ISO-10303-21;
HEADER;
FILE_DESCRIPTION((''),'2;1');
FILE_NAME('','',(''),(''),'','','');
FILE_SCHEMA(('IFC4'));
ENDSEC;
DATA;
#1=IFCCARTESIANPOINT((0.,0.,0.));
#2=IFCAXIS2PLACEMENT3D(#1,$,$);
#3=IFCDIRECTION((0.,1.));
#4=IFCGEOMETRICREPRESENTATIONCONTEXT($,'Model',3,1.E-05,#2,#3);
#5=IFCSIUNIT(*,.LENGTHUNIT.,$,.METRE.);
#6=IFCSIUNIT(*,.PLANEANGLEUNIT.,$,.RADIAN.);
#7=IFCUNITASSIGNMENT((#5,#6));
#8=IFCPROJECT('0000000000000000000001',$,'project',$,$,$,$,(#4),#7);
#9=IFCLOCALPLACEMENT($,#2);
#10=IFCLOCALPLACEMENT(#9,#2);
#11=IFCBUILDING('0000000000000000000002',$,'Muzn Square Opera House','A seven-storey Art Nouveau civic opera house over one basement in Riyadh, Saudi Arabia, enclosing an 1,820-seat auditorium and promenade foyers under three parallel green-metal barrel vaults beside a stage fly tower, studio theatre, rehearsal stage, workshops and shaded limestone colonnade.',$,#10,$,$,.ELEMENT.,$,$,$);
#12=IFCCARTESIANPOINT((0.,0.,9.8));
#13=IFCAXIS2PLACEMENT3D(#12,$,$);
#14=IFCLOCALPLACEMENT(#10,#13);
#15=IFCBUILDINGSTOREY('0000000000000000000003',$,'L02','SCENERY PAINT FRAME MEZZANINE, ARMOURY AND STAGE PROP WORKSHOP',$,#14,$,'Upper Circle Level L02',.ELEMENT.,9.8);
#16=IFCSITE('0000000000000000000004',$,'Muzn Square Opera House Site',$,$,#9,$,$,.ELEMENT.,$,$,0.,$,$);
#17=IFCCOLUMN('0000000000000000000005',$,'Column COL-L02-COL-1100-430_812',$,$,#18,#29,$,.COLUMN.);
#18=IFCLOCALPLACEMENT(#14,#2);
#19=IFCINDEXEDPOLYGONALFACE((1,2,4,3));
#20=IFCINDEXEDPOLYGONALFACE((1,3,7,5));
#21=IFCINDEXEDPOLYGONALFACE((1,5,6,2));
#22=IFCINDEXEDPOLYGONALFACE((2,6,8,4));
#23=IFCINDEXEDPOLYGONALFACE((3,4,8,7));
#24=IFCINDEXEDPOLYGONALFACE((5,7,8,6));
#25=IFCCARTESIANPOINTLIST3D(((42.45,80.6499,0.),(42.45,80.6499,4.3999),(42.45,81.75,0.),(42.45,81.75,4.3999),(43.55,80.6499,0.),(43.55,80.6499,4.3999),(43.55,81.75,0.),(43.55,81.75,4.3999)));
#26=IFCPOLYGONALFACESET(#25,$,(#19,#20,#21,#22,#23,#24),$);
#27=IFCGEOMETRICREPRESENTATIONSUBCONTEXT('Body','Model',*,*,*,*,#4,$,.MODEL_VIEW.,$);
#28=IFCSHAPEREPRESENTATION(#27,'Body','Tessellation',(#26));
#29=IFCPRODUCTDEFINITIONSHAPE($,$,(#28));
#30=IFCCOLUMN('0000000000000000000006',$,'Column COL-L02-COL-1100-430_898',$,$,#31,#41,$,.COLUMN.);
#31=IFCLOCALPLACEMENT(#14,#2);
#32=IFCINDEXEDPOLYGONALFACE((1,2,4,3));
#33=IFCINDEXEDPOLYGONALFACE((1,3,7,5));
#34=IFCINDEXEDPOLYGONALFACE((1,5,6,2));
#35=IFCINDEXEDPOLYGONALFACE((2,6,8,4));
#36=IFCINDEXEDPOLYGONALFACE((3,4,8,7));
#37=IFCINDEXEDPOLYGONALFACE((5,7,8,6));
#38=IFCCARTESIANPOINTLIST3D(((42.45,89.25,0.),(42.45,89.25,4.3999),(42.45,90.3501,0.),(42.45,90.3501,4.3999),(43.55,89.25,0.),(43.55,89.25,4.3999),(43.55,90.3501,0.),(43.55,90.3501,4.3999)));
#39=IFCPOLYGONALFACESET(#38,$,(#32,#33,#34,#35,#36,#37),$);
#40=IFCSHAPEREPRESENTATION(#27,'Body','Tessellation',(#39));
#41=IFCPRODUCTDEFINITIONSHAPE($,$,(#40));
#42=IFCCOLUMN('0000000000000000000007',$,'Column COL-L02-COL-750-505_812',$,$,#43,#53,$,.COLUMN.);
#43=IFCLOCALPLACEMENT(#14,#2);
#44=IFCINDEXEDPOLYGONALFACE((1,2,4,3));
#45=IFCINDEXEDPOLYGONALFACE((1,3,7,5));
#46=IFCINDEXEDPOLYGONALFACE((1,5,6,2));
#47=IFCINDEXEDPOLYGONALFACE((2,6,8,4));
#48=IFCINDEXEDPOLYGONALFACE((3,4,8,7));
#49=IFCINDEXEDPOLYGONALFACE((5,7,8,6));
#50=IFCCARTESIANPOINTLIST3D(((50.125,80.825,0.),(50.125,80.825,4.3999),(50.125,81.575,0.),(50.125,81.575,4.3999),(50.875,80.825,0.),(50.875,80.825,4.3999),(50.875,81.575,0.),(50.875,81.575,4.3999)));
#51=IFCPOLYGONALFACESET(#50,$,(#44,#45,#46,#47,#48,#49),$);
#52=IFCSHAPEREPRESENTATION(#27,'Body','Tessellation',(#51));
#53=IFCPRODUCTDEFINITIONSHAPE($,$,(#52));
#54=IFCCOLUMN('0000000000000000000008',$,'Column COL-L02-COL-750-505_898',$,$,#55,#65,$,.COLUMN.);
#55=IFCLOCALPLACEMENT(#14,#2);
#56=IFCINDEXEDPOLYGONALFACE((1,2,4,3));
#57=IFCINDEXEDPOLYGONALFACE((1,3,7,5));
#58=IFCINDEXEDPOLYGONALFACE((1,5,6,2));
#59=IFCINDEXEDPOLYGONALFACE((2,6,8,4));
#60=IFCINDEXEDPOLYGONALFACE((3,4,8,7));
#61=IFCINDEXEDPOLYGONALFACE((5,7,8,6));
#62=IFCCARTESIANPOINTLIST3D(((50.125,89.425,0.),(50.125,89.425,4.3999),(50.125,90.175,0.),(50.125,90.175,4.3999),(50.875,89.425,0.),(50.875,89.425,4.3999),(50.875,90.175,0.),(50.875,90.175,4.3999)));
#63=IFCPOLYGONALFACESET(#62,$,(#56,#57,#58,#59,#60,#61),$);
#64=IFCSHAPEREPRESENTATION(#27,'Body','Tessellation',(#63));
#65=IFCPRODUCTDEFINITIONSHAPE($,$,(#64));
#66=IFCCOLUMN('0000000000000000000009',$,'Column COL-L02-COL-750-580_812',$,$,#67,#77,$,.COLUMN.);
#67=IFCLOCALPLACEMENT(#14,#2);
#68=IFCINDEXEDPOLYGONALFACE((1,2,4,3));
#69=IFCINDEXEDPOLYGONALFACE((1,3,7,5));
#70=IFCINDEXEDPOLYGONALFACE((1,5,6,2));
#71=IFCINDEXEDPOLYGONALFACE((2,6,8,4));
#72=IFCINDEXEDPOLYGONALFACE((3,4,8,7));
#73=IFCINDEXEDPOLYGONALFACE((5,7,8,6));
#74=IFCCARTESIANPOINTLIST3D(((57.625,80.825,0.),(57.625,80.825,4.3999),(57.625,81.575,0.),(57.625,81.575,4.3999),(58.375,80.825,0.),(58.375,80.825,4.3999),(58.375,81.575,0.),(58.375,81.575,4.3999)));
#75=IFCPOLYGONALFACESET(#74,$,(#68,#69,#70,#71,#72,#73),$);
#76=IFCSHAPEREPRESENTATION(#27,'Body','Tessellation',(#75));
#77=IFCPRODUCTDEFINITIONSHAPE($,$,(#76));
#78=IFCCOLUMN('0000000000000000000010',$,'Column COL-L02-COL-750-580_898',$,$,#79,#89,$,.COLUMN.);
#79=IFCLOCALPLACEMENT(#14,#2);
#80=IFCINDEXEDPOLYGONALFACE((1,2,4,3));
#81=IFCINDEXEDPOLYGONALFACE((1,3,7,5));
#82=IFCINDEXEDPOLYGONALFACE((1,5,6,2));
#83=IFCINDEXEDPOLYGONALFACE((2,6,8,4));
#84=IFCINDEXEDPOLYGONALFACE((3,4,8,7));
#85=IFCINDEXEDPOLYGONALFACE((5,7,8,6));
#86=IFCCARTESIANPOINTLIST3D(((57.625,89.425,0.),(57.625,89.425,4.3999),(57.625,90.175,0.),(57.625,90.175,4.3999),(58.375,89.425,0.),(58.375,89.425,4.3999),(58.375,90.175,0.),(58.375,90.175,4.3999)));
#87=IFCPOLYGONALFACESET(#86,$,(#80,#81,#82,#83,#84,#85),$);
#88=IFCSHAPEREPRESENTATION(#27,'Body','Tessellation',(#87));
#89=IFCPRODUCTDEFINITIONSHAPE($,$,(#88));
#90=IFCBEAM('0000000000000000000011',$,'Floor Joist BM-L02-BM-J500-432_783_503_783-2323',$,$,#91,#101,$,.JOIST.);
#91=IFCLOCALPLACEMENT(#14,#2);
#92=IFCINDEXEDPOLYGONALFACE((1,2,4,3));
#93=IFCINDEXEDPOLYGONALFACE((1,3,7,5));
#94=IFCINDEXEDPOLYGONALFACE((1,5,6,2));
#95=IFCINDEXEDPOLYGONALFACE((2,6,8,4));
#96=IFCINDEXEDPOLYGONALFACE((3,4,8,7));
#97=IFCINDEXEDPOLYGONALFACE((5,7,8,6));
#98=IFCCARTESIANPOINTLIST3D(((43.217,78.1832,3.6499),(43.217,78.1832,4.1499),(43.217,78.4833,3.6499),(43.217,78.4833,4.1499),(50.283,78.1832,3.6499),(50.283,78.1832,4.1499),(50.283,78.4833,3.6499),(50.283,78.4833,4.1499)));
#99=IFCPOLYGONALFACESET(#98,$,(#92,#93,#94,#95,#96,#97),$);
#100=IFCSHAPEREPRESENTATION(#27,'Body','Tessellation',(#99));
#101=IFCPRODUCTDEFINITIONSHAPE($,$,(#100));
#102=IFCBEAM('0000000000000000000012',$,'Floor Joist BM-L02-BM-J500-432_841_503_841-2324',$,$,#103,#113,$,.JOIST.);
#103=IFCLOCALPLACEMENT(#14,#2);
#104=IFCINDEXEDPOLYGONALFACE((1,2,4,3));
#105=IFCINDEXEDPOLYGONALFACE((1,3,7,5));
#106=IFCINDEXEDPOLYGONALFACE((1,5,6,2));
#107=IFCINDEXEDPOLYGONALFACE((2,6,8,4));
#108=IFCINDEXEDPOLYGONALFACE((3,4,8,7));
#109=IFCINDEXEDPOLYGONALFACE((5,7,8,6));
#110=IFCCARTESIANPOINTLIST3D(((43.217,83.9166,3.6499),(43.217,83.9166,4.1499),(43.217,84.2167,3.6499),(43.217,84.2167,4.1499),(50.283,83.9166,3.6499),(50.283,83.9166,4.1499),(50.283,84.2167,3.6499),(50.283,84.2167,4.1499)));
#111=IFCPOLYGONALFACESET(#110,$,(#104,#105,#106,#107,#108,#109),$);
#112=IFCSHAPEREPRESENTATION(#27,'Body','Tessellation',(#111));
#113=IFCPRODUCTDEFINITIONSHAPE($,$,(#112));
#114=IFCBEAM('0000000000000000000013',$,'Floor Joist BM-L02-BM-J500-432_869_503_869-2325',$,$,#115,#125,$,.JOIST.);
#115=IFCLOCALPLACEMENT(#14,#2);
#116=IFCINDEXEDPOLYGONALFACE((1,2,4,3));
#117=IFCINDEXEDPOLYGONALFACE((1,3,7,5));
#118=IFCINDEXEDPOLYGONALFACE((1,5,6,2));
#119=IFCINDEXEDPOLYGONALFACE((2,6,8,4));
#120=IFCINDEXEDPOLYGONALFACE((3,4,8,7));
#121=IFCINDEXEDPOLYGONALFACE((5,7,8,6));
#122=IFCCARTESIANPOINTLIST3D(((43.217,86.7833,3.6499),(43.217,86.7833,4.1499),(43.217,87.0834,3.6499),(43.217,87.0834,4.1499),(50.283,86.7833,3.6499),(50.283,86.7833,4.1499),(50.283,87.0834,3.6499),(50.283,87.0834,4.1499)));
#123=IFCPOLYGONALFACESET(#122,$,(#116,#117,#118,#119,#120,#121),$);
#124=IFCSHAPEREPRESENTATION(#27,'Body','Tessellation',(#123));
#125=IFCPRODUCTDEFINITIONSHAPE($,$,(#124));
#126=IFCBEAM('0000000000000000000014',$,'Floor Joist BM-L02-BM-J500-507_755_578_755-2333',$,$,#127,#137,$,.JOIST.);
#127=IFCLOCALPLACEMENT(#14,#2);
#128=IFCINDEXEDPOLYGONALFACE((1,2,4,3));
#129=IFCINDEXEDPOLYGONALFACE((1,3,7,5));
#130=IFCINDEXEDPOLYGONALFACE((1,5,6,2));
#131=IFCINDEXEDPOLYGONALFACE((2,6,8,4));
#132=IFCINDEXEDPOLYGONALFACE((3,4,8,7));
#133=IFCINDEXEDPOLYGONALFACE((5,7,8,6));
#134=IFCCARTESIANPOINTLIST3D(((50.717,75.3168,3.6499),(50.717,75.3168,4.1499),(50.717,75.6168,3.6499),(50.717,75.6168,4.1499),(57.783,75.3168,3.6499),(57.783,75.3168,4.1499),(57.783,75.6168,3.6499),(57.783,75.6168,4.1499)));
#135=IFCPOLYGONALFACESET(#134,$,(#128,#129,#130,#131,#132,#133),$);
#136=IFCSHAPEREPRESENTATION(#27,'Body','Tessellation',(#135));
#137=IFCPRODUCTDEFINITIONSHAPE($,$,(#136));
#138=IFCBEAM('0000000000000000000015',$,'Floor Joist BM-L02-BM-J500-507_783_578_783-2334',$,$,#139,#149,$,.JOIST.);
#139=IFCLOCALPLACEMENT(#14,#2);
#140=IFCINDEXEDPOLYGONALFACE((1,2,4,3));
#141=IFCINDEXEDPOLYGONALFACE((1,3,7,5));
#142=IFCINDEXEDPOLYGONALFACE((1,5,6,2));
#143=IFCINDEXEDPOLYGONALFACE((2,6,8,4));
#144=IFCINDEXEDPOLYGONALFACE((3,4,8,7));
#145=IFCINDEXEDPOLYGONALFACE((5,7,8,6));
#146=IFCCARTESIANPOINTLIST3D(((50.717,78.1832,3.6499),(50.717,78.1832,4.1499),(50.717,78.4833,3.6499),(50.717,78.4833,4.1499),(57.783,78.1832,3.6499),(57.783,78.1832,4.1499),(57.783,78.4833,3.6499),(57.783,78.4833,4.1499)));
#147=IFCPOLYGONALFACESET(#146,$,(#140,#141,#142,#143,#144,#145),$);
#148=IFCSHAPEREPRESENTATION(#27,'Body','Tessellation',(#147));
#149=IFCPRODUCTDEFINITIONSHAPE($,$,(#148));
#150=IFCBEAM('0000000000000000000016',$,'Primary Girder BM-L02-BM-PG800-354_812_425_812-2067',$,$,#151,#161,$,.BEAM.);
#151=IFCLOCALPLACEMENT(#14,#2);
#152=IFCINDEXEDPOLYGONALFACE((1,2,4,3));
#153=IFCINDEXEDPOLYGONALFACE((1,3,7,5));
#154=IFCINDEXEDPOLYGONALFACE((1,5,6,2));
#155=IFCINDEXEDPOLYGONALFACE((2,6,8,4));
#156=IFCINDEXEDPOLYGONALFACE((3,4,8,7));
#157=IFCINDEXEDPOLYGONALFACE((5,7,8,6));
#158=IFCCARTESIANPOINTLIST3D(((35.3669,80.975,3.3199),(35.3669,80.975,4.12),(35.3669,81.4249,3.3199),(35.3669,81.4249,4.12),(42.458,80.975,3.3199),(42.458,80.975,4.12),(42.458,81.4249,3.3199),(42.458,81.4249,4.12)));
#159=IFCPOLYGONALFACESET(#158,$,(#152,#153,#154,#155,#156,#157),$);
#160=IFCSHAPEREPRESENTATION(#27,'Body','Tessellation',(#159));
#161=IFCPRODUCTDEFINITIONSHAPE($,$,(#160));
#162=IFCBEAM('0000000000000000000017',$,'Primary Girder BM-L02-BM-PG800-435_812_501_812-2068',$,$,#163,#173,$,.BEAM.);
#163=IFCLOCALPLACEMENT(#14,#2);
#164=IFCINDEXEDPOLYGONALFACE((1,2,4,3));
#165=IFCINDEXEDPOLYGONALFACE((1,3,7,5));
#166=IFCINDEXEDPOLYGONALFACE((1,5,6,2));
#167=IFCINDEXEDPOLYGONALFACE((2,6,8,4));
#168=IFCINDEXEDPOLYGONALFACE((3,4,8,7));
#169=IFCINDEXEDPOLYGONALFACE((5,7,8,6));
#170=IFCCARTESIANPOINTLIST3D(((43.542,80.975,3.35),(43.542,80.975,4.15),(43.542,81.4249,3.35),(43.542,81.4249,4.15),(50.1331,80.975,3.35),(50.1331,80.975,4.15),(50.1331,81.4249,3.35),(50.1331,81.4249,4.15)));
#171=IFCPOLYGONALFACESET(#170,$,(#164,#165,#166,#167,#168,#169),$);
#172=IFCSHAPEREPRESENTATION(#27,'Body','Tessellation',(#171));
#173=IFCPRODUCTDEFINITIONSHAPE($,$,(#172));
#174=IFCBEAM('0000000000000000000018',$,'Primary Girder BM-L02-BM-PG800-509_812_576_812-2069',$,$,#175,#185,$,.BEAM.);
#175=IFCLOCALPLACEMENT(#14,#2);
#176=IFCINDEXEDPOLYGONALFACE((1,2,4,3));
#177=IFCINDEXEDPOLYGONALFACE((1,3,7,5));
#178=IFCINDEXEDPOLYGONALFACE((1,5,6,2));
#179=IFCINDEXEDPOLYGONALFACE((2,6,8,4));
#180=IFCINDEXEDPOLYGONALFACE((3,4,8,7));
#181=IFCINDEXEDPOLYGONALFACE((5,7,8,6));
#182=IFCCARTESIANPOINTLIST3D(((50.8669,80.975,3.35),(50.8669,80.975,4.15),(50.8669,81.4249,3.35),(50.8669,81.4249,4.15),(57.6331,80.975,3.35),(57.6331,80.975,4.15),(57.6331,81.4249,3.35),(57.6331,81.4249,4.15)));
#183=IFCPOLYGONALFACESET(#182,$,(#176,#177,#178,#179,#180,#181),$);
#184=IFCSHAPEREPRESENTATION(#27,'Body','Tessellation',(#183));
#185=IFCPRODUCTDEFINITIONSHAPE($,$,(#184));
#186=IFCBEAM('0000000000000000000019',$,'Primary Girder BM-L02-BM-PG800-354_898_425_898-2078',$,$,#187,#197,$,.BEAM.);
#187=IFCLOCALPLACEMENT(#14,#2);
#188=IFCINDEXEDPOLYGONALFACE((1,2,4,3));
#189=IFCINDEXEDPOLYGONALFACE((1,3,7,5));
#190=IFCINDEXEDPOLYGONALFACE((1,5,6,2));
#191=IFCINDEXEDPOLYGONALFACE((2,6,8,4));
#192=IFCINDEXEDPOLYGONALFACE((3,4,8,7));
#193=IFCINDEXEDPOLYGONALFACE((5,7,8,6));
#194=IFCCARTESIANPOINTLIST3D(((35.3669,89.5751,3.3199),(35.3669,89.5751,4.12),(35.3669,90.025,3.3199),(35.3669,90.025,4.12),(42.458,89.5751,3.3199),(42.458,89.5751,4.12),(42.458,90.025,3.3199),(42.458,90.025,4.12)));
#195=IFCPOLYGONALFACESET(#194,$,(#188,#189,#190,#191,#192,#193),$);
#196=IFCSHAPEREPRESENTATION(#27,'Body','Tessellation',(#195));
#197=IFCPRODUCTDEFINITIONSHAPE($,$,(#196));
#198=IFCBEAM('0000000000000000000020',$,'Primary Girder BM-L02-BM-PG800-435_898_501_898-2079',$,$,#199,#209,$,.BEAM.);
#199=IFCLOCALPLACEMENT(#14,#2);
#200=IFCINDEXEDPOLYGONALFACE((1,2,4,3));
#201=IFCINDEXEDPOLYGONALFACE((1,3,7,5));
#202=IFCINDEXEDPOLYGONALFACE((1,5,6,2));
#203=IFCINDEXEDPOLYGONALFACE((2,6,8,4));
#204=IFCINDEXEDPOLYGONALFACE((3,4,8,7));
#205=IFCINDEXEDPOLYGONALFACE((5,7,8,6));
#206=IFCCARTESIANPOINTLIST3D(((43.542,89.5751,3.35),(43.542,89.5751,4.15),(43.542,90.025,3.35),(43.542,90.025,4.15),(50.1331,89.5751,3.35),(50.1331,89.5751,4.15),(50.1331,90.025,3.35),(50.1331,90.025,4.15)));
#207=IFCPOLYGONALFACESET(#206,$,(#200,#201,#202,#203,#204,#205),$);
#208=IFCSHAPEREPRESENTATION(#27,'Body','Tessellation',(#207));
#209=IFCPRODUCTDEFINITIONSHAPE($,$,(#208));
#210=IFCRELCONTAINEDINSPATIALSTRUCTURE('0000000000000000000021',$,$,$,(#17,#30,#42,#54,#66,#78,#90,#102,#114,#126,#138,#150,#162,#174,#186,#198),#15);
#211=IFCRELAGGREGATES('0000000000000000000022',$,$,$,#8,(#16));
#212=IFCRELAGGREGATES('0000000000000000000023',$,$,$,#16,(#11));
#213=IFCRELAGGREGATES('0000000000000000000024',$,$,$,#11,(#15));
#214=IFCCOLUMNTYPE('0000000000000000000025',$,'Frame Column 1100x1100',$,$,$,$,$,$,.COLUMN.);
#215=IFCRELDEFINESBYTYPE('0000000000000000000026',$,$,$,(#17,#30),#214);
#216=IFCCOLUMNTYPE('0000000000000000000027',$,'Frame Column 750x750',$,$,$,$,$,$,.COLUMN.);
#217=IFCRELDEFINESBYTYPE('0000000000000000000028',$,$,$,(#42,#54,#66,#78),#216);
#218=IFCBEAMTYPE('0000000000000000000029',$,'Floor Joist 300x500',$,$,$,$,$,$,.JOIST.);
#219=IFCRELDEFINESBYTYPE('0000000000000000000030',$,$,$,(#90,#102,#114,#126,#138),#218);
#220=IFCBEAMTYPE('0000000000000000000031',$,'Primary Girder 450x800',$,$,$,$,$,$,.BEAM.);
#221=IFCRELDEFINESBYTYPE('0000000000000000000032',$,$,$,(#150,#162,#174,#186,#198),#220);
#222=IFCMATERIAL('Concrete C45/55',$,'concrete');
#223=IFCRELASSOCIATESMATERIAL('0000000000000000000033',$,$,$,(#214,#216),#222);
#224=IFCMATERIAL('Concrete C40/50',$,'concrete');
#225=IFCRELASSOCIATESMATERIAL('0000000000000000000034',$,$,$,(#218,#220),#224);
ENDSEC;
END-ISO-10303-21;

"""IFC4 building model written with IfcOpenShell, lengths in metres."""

from ifc_helpers import new_model, si_unit, direction, frame, origin, origin_2d, place, context, subcontext, project, spatial, rectangle, extrude, material, material_profile, profile_set, type_object, element, save


model = new_model("IFC4")

# Units and contexts
model_context = context("Model", 3, precision=1e-05, world=origin(), true_north=direction((0.0, 1.0)))
body_context = subcontext(model_context, "Body", "Model", "MODEL_VIEW")
ifc_project = project(units=[si_unit("LENGTHUNIT", "METRE"), si_unit("PLANEANGLEUNIT", "RADIAN")], contexts=[model_context])

# Site, building, storey
site_placement = place(None, origin())
site = spatial("IfcSite", under=ifc_project, at=site_placement, Name="Muzn Square Opera House Site", CompositionType="ELEMENT", RefElevation=0.0)
building_placement = place(site_placement, origin())
building = spatial("IfcBuilding", under=site, at=building_placement, Name="Muzn Square Opera House", Description="A seven-storey Art Nouveau civic opera house over one basement in Riyadh, Saudi Arabia, enclosing an 1,820-seat auditorium and promenade foyers under three parallel green-metal barrel vaults beside a stage fly tower, studio theatre, rehearsal stage, workshops and shaded limestone colonnade.", CompositionType="ELEMENT")
storey_placement = place(building_placement, frame((0.0, 0.0, 9.8)))
storey = spatial("IfcBuildingStorey", under=building, at=storey_placement, Name="L02", Description="SCENERY PAINT FRAME MEZZANINE, ARMOURY AND STAGE PROP WORKSHOP", LongName="Upper Circle Level L02", CompositionType="ELEMENT", Elevation=9.8)

# Columns
ifc_material_1 = material(Name="Concrete C45/55", Category="concrete")
ifc_material_profile_1 = material_profile(ifc_material_1, rectangle(XDim=1.1001, YDim=1.1001, at=origin_2d()), Name="RC 1100x1100", Category="concrete")
ifc_profile_set_1 = profile_set([ifc_material_profile_1], Name="Concrete C45/55")
column_type_1 = type_object("IfcColumnType", Name="Frame Column 1100x1100", PredefinedType="COLUMN", material=ifc_profile_set_1)
for number, where, z_axis, x_axis, name in (
    (1, (43.0, 81.2, 0.0), (0.0, 0.0, 1.0), (1.0, 0.0, 0.0), "Column COL-L02-COL-1100-430_812"),
    (2, (43.0, 89.8, 0.0), (0.0, 0.0, 1.0), (1.0, 0.0, 0.0), "Column COL-L02-COL-1100-430_898"),
):
    element("IfcColumn", number, at=place(storey_placement, frame(where, z_axis=z_axis, x_axis=x_axis)), inside=storey, type_object=column_type_1, Name=name, PredefinedType="COLUMN", context=body_context, shape_type="SweptSolid", body=[
        extrude(rectangle(XDim=1.1001, YDim=1.1001, at=origin_2d()), origin(), (0.0, 0.0, 1.0), 4.3999),
    ])
ifc_material_profile_2 = material_profile(ifc_material_1, rectangle(XDim=0.75, YDim=0.75, at=origin_2d()), Name="RC 750x750", Category="concrete")
ifc_profile_set_2 = profile_set([ifc_material_profile_2], Name="Concrete C45/55")
column_type_2 = type_object("IfcColumnType", Name="Frame Column 750x750", PredefinedType="COLUMN", material=ifc_profile_set_2)
for number, where, z_axis, x_axis, name in (
    (3, (50.5, 81.2, 0.0), (0.0, 0.0, 1.0), (1.0, 0.0, 0.0), "Column COL-L02-COL-750-505_812"),
    (4, (50.5, 89.8, 0.0), (0.0, 0.0, 1.0), (1.0, 0.0, 0.0), "Column COL-L02-COL-750-505_898"),
    (5, (58.0, 81.2, 0.0), (0.0, 0.0, 1.0), (1.0, 0.0, 0.0), "Column COL-L02-COL-750-580_812"),
    (6, (58.0, 89.8, 0.0), (0.0, 0.0, 1.0), (1.0, 0.0, 0.0), "Column COL-L02-COL-750-580_898"),
):
    element("IfcColumn", number, at=place(storey_placement, frame(where, z_axis=z_axis, x_axis=x_axis)), inside=storey, type_object=column_type_2, Name=name, PredefinedType="COLUMN", context=body_context, shape_type="SweptSolid", body=[
        extrude(rectangle(XDim=0.75, YDim=0.75, at=origin_2d()), origin(), (0.0, 0.0, 1.0), 4.3999),
    ])

# Beams
ifc_material_2 = material(Name="Concrete C40/50", Category="concrete")
ifc_material_profile_3 = material_profile(ifc_material_2, rectangle(XDim=0.3, YDim=0.5, at=origin_2d()), Name="RCJ 300x500", Category="concrete")
ifc_profile_set_3 = profile_set([ifc_material_profile_3], Name="Concrete C40/50")
beam_type_1 = type_object("IfcBeamType", Name="Floor Joist 300x500", PredefinedType="JOIST", material=ifc_profile_set_3)
for number, where, z_axis, x_axis, name in (
    (7, (43.217, 78.3333, 3.8999), (1.0, 0.0, 0.0), (0.0, 1.0, 0.0), "Floor Joist BM-L02-BM-J500-432_783_503_783-2323"),
    (8, (43.217, 84.0667, 3.8999), (1.0, 0.0, 0.0), (0.0, 1.0, 0.0), "Floor Joist BM-L02-BM-J500-432_841_503_841-2324"),
    (9, (43.217, 86.9333, 3.8999), (1.0, 0.0, 0.0), (0.0, 1.0, 0.0), "Floor Joist BM-L02-BM-J500-432_869_503_869-2325"),
    (10, (50.717, 75.4668, 3.8999), (1.0, 0.0, 0.0), (0.0, 1.0, 0.0), "Floor Joist BM-L02-BM-J500-507_755_578_755-2333"),
    (11, (50.717, 78.3333, 3.8999), (1.0, 0.0, 0.0), (0.0, 1.0, 0.0), "Floor Joist BM-L02-BM-J500-507_783_578_783-2334"),
):
    element("IfcBeam", number, at=place(storey_placement, frame(where, z_axis=z_axis, x_axis=x_axis)), inside=storey, type_object=beam_type_1, Name=name, PredefinedType="JOIST", context=body_context, shape_type="SweptSolid", body=[
        extrude(rectangle(XDim=0.3, YDim=0.5, at=origin_2d()), origin(), (0.0, 0.0, 1.0), 7.0659),
    ])
ifc_material_profile_4 = material_profile(ifc_material_2, rectangle(XDim=0.45, YDim=0.8, at=origin_2d()), Name="RCB 450x800", Category="concrete")
ifc_profile_set_4 = profile_set([ifc_material_profile_4], Name="Concrete C40/50")
beam_type_2 = type_object("IfcBeamType", Name="Primary Girder 450x800", PredefinedType="BEAM", material=ifc_profile_set_4)
beam_1_placement = place(storey_placement, frame((35.3669, 81.2, 3.72), z_axis=(1.0, 0.0, 0.0), x_axis=(0.0, 1.0, 0.0)))
element("IfcBeam", 12, at=beam_1_placement, inside=storey, type_object=beam_type_2, Name="Primary Girder BM-L02-BM-PG800-354_812_425_812-2067", PredefinedType="BEAM", context=body_context, shape_type="SweptSolid", body=[
    extrude(rectangle(XDim=0.45, YDim=0.8, at=origin_2d()), origin(), (0.0, 0.0, 1.0), 7.0911),
])
beam_2_placement = place(storey_placement, frame((43.542, 81.2, 3.75), z_axis=(1.0, 0.0, 0.0), x_axis=(0.0, 1.0, 0.0)))
element("IfcBeam", 13, at=beam_2_placement, inside=storey, type_object=beam_type_2, Name="Primary Girder BM-L02-BM-PG800-435_812_501_812-2068", PredefinedType="BEAM", context=body_context, shape_type="SweptSolid", body=[
    extrude(rectangle(XDim=0.45, YDim=0.8, at=origin_2d()), origin(), (0.0, 0.0, 1.0), 6.5911),
])
beam_3_placement = place(storey_placement, frame((50.8669, 81.2, 3.75), z_axis=(1.0, 0.0, 0.0), x_axis=(0.0, 1.0, 0.0)))
element("IfcBeam", 14, at=beam_3_placement, inside=storey, type_object=beam_type_2, Name="Primary Girder BM-L02-BM-PG800-509_812_576_812-2069", PredefinedType="BEAM", context=body_context, shape_type="SweptSolid", body=[
    extrude(rectangle(XDim=0.45, YDim=0.8, at=origin_2d()), origin(), (0.0, 0.0, 1.0), 6.7661),
])
beam_4_placement = place(storey_placement, frame((35.3669, 89.8, 3.72), z_axis=(1.0, 0.0, 0.0), x_axis=(0.0, 1.0, 0.0)))
element("IfcBeam", 15, at=beam_4_placement, inside=storey, type_object=beam_type_2, Name="Primary Girder BM-L02-BM-PG800-354_898_425_898-2078", PredefinedType="BEAM", context=body_context, shape_type="SweptSolid", body=[
    extrude(rectangle(XDim=0.45, YDim=0.8, at=origin_2d()), origin(), (0.0, 0.0, 1.0), 7.0911),
])
beam_5_placement = place(storey_placement, frame((43.542, 89.8, 3.75), z_axis=(1.0, 0.0, 0.0), x_axis=(0.0, 1.0, 0.0)))
element("IfcBeam", 16, at=beam_5_placement, inside=storey, type_object=beam_type_2, Name="Primary Girder BM-L02-BM-PG800-435_898_501_898-2079", PredefinedType="BEAM", context=body_context, shape_type="SweptSolid", body=[
    extrude(rectangle(XDim=0.45, YDim=0.8, at=origin_2d()), origin(), (0.0, 0.0, 1.0), 6.5911),
])

save(model, "model.ifc")
